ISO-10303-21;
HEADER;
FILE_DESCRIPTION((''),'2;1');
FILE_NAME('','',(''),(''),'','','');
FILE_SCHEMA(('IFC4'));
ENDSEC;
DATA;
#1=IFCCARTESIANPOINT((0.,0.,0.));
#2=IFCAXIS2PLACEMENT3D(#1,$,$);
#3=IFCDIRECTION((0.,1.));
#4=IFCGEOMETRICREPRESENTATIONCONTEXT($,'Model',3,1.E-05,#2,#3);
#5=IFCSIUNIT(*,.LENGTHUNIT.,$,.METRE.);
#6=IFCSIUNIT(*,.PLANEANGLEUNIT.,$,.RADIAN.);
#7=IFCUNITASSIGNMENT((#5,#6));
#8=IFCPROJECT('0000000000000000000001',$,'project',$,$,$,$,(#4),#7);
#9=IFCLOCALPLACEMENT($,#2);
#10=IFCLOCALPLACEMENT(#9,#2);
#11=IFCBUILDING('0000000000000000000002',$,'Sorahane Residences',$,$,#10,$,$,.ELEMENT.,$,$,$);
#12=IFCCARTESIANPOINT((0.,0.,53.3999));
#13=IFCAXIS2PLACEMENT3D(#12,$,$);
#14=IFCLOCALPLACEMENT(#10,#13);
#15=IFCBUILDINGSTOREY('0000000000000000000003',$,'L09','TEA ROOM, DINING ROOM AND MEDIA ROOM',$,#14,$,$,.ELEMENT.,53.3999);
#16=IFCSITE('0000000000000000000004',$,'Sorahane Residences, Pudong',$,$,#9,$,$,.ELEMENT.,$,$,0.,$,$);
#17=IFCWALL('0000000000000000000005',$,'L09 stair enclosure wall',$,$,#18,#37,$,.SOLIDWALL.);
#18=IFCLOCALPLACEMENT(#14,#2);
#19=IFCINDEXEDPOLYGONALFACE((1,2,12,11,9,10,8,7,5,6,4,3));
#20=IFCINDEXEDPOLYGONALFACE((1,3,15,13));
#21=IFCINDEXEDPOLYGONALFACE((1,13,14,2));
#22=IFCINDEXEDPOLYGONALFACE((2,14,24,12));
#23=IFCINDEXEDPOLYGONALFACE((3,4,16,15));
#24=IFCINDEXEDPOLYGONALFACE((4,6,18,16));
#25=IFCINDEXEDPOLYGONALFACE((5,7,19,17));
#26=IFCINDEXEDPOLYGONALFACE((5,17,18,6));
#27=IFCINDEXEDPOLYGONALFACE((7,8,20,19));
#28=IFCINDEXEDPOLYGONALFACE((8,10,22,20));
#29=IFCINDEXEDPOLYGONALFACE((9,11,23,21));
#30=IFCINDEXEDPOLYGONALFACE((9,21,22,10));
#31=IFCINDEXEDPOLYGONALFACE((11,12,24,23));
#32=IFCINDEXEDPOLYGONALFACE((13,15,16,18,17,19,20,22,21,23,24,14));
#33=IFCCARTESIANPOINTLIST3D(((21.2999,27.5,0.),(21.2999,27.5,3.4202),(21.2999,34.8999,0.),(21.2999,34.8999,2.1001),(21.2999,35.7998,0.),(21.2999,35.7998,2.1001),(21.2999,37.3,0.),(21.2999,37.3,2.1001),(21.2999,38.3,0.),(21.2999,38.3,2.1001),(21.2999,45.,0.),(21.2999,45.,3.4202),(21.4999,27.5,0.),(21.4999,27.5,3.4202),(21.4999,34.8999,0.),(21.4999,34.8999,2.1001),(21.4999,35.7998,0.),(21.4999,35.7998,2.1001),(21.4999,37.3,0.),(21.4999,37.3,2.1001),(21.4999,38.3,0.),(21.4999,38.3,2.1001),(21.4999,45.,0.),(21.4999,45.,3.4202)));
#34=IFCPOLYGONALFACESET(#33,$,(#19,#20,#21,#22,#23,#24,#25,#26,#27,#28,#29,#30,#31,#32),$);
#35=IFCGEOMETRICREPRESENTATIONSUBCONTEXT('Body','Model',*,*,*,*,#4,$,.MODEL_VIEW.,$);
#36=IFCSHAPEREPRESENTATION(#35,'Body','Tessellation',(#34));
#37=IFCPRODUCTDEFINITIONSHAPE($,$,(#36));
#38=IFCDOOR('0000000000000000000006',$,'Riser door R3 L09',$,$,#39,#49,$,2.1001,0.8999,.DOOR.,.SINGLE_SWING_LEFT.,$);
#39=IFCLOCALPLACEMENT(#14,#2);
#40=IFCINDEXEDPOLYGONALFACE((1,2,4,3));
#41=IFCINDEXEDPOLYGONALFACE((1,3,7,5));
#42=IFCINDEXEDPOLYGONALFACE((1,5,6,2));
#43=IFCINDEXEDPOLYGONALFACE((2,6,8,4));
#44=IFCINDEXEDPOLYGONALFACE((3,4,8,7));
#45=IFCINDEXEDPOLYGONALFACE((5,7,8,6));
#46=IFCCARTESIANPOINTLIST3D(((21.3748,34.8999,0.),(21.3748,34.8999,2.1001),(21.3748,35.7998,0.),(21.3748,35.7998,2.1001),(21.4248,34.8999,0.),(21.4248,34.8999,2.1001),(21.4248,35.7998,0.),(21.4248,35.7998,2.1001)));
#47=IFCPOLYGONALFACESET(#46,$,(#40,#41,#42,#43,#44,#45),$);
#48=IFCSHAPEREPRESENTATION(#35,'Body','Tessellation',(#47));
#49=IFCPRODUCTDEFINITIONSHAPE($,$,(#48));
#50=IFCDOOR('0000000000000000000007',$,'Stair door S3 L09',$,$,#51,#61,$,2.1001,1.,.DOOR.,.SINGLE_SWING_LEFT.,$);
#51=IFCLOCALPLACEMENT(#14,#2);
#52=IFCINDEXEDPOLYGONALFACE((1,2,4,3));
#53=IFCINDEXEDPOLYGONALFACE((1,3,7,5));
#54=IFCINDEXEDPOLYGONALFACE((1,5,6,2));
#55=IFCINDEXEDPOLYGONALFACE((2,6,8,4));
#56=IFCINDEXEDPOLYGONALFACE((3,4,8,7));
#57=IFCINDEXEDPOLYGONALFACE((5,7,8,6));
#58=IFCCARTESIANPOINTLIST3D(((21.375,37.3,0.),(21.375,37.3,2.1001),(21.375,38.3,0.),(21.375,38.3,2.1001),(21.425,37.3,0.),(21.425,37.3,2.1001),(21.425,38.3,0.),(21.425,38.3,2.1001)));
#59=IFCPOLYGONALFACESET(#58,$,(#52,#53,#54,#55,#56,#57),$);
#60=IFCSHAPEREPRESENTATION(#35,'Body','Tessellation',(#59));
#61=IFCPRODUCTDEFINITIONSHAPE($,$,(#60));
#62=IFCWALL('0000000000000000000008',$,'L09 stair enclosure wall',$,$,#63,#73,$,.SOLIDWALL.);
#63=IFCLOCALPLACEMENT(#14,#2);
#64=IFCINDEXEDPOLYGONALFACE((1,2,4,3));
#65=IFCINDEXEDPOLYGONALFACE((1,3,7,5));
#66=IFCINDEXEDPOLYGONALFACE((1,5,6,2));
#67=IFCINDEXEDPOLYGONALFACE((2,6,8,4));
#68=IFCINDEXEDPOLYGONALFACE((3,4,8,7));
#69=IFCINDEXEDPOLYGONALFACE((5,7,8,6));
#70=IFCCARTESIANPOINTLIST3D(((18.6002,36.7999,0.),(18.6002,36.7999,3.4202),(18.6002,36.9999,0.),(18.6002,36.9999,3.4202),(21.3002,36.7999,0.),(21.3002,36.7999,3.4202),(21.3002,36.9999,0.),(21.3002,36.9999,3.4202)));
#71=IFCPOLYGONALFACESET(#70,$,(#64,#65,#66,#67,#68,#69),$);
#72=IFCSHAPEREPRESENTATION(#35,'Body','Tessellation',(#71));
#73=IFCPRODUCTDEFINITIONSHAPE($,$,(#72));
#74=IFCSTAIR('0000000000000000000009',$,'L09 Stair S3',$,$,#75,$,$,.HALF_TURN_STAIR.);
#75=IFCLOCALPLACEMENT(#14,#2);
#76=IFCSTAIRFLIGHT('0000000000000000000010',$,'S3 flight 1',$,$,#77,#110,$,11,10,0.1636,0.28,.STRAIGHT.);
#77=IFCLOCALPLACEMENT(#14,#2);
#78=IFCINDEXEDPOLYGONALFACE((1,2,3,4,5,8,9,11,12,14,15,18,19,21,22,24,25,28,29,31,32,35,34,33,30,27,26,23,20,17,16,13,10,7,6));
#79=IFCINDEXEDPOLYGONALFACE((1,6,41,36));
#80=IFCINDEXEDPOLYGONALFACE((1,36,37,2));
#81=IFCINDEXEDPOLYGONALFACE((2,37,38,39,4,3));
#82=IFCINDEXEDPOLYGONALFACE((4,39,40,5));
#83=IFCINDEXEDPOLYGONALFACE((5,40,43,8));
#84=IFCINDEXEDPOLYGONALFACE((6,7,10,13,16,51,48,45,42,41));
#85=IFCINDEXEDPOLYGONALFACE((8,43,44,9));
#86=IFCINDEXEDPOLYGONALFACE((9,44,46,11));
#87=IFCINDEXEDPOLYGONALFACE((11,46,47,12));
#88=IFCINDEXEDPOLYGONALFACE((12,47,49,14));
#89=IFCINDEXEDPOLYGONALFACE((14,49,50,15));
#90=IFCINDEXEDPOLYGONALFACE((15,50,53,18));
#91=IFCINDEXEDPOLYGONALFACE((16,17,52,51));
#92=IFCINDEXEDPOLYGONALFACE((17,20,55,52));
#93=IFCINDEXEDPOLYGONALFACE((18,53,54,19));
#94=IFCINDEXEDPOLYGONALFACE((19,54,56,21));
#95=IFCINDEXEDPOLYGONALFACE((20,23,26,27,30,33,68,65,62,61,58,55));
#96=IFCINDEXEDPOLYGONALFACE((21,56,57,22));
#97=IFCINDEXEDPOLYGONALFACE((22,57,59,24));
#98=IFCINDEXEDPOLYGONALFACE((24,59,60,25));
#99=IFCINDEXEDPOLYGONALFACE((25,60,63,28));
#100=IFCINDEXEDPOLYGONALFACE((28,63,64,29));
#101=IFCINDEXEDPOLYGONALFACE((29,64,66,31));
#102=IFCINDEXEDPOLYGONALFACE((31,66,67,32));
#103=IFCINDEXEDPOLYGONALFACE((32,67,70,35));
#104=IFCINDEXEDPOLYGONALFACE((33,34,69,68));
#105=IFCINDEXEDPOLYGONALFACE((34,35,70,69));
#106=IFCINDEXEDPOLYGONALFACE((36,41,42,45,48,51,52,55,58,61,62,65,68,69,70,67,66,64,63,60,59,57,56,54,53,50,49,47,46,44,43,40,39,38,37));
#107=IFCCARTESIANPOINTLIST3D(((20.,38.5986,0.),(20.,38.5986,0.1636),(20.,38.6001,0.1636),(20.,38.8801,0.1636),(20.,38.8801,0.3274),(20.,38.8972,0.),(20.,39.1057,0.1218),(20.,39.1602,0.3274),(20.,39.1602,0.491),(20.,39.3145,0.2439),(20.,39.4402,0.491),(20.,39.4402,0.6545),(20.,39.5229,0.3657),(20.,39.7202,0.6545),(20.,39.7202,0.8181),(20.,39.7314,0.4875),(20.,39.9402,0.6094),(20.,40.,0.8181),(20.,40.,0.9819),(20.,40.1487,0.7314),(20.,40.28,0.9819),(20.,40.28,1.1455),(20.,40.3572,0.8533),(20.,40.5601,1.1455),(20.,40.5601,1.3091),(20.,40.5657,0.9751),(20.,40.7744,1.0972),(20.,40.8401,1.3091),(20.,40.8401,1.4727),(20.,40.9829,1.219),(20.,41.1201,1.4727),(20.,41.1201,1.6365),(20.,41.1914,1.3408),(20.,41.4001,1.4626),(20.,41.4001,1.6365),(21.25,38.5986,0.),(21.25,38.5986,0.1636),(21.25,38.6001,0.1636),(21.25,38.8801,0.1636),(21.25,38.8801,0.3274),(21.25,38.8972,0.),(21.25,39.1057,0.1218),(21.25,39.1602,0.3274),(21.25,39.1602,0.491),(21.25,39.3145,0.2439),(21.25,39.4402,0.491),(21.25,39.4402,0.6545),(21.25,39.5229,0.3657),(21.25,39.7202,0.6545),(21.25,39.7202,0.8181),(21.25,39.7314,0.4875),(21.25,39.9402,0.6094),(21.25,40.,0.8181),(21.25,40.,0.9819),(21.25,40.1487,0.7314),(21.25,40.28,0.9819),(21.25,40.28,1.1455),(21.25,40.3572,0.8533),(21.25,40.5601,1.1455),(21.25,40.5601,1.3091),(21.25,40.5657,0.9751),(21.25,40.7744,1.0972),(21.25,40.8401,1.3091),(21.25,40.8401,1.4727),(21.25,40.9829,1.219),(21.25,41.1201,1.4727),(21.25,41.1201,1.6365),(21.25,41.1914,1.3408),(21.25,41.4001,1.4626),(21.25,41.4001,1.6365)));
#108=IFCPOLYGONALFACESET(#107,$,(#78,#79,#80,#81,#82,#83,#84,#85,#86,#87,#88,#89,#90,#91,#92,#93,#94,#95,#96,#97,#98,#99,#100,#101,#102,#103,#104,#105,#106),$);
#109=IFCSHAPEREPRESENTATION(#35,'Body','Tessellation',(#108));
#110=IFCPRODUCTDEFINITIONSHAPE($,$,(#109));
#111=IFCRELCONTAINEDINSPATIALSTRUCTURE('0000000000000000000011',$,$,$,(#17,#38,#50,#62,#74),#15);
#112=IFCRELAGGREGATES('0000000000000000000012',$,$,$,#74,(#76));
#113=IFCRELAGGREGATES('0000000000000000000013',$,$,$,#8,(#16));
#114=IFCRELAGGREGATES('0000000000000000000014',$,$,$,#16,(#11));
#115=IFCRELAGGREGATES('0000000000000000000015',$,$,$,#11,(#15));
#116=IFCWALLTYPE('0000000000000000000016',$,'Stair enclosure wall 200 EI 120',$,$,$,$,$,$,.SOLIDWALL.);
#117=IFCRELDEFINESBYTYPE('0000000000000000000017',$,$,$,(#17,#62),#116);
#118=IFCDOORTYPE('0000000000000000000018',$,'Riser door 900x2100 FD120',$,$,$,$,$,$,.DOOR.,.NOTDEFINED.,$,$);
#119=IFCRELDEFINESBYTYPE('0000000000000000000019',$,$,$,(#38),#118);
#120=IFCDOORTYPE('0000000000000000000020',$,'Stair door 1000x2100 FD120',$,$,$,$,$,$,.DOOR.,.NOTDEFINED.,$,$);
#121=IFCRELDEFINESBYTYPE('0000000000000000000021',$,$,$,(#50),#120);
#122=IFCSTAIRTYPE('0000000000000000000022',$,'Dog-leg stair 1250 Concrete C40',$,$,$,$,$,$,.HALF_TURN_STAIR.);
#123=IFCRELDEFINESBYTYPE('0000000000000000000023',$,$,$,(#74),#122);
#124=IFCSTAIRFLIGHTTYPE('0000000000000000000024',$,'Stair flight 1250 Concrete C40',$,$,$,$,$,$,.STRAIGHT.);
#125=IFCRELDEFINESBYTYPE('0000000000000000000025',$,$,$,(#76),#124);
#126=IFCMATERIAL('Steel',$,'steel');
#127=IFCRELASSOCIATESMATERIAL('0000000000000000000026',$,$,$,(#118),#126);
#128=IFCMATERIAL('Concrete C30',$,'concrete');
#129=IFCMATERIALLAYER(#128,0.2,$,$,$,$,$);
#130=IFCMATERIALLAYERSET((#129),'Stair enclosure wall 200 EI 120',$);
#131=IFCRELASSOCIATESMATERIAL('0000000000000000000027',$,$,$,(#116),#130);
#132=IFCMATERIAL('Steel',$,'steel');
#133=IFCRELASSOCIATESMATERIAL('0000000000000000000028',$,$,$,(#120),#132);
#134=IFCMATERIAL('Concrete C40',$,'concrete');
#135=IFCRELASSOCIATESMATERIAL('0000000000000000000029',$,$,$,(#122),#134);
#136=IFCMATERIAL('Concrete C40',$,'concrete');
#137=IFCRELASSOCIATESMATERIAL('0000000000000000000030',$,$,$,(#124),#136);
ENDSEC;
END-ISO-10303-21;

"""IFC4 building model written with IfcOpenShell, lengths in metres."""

from ifc_helpers import new_model, si_unit, direction, frame, frame_2d, origin, place, context, subcontext, project, spatial, polyline, rectangle, outline, extrude, material, layer, layer_set, type_object, element, fill, aggregate, save


model = new_model("IFC4")

# Units and contexts
model_context = context("Model", 3, precision=1e-05, world=origin(), true_north=direction((0.0, 1.0)))
body_context = subcontext(model_context, "Body", "Model", "MODEL_VIEW")
ifc_project = project(units=[si_unit("LENGTHUNIT", "METRE"), si_unit("PLANEANGLEUNIT", "RADIAN")], contexts=[model_context])

# Site, building, storey
site_placement = place(None, origin())
site = spatial("IfcSite", under=ifc_project, at=site_placement, Name="Sorahane Residences, Pudong", CompositionType="ELEMENT", RefElevation=0.0)
building_placement = place(site_placement, origin())
building = spatial("IfcBuilding", under=site, at=building_placement, Name="Sorahane Residences", CompositionType="ELEMENT")
storey_placement = place(building_placement, frame((0.0, 0.0, 53.3999)))
storey = spatial("IfcBuildingStorey", under=building, at=storey_placement, Name="L09", Description="TEA ROOM, DINING ROOM AND MEDIA ROOM", CompositionType="ELEMENT", Elevation=53.3999)

# Shared definitions
ifc_material_1 = material(Name="Steel", Category="steel")
door_type_1 = type_object("IfcDoorType", Name="Riser door 900x2100 FD120", OperationType="NOTDEFINED", PredefinedType="DOOR", material=ifc_material_1)

# Wall, openings, doors
ifc_material_2 = material(Name="Concrete C30", Category="concrete")
ifc_layer_1 = layer(ifc_material_2, 0.2)
ifc_layer_set_1 = layer_set([ifc_layer_1], Name="Stair enclosure wall 200 EI 120")
wall_type_1 = type_object("IfcWallType", Name="Stair enclosure wall 200 EI 120", PredefinedType="SOLIDWALL", material=ifc_layer_set_1)
wall_1_placement = place(storey_placement, frame((21.3999, 27.5, 0.0), z_axis=(0.0, 0.0, 1.0), x_axis=(0.0, 1.0, 0.0)))
wall_1 = element("IfcWall", 1, at=wall_1_placement, inside=storey, type_object=wall_type_1, Name="L09 stair enclosure wall", PredefinedType="SOLIDWALL", context=body_context, shape_type="SweptSolid", body=[
    extrude(rectangle(XDim=17.5, YDim=0.2, at=frame_2d((8.75, 0.0))), origin(), (0.0, 0.0, 1.0), 3.4202),
])
opening_1_placement = place(wall_1_placement, frame((9.8, 0.0, 0.0)))
opening_1 = element("IfcOpeningElement", 2, at=opening_1_placement, cuts=wall_1, PredefinedType="OPENING", context=body_context, shape_type="SweptSolid", body=[
    extrude(rectangle(XDim=1.0, YDim=2.1001, at=frame_2d((0.5, 1.05))), frame((0.0, 0.1099, 0.0), z_axis=(0.0, -1.0, 0.0), x_axis=(1.0, 0.0, 0.0)), (0.0, 0.0, 1.0), 0.22),
])
opening_2_placement = place(wall_1_placement, frame((7.3999, 0.0, 0.0)))
opening_2 = element("IfcOpeningElement", 3, at=opening_2_placement, cuts=wall_1, PredefinedType="OPENING", context=body_context, shape_type="SweptSolid", body=[
    extrude(rectangle(XDim=0.8999, YDim=2.1001, at=frame_2d((0.45, 1.05))), frame((0.0, 0.1099, 0.0), z_axis=(0.0, -1.0, 0.0), x_axis=(1.0, 0.0, 0.0)), (0.0, 0.0, 1.0), 0.22),
])
door_1_placement = place(opening_2_placement, frame((0.8999, 0.0, 0.0), z_axis=(0.0, 0.0, 1.0), x_axis=(-1.0, 0.0, 0.0)))
door_1 = element("IfcDoor", 4, at=door_1_placement, inside=storey, type_object=door_type_1, Name="Riser door R3 L09", OperationType="SINGLE_SWING_LEFT", OverallHeight=2.1001, OverallWidth=0.8999, PredefinedType="DOOR", context=body_context, shape_type="SweptSolid", body=[
    extrude(rectangle(XDim=0.8999, YDim=2.1001, at=frame_2d((0.45, 1.05))), frame((0.0, 0.0249, 0.0), z_axis=(0.0, -1.0, 0.0), x_axis=(1.0, 0.0, 0.0)), (0.0, 0.0, 1.0), 0.05),
])
fill(opening_2, door_1)
ifc_material_3 = material(Name="Steel", Category="steel")
door_type_2 = type_object("IfcDoorType", Name="Stair door 1000x2100 FD120", OperationType="NOTDEFINED", PredefinedType="DOOR", material=ifc_material_3)
door_2_placement = place(opening_1_placement, origin())
door_2 = element("IfcDoor", 5, at=door_2_placement, inside=storey, type_object=door_type_2, Name="Stair door S3 L09", OperationType="SINGLE_SWING_LEFT", OverallHeight=2.1001, OverallWidth=1.0, PredefinedType="DOOR", context=body_context, shape_type="SweptSolid", body=[
    extrude(rectangle(XDim=1.0, YDim=2.1001, at=frame_2d((0.5, 1.05))), frame((0.0, 0.0249, 0.0), z_axis=(0.0, -1.0, 0.0), x_axis=(1.0, 0.0, 0.0)), (0.0, 0.0, 1.0), 0.05),
])
fill(opening_1, door_2)

# Wall
wall_2_placement = place(storey_placement, frame((18.6001, 36.8999, 0.0), z_axis=(0.0, 0.0, 1.0), x_axis=(1.0, 0.0, 0.0)))
element("IfcWall", 6, at=wall_2_placement, inside=storey, type_object=wall_type_1, Name="L09 stair enclosure wall", PredefinedType="SOLIDWALL", context=body_context, shape_type="SweptSolid", body=[
    extrude(rectangle(XDim=2.7, YDim=0.2, at=frame_2d((1.3501, 0.0))), origin(), (0.0, 0.0, 1.0), 3.4202),
])

# Stair, stair flight
ifc_material_4 = material(Name="Concrete C40", Category="concrete")
stair_type = type_object("IfcStairType", Name="Dog-leg stair 1250 Concrete C40", PredefinedType="HALF_TURN_STAIR", material=ifc_material_4)
stair_placement = place(storey_placement, origin())
stair = element("IfcStair", 7, at=stair_placement, inside=storey, type_object=stair_type, Name="L09 Stair S3", PredefinedType="HALF_TURN_STAIR")
ifc_material_5 = material(Name="Concrete C40", Category="concrete")
stair_flight_type = type_object("IfcStairFlightType", Name="Stair flight 1250 Concrete C40", PredefinedType="STRAIGHT", material=ifc_material_5)
stair_flight_placement = place(storey_placement, frame((20.625, 38.6001, 0.0), z_axis=(0.0, 0.0, 1.0), x_axis=(0.0, 1.0, 0.0)))
stair_flight = element("IfcStairFlight", 8, at=stair_flight_placement, type_object=stair_flight_type, Name="S3 flight 1", NumberOfRisers=11, NumberOfTreads=10, PredefinedType="STRAIGHT", RiserHeight=0.1636, TreadLength=0.28, context=body_context, shape_type="SweptSolid", body=[
    extrude(outline(polyline([(-0.0015, 0.0), (-0.0015, 0.1636), (0.0, 0.1636), (0.28, 0.1636), (0.28, 0.3274), (0.5601, 0.3274), (0.5601, 0.491), (0.8401, 0.491), (0.8401, 0.6545), (1.1201, 0.6545), (1.1201, 0.8181), (1.3999, 0.8181), (1.3999, 0.9819), (1.6799, 0.9819), (1.6799, 1.1455), (1.96, 1.1455), (1.96, 1.3091), (2.24, 1.3091), (2.24, 1.4727), (2.52, 1.4727), (2.52, 1.6365), (2.8, 1.6365), (2.8, 1.8), (2.8, 1.4626), (2.5913, 1.3408), (2.3828, 1.219), (2.1743, 1.0972), (1.9656, 0.9751), (1.7571, 0.8533), (1.5486, 0.7314), (1.3401, 0.6094), (1.1313, 0.4875), (0.9229, 0.3657), (0.7144, 0.2439), (0.5056, 0.1218), (0.2971, 0.0), (-0.0015, 0.0)])), frame((0.0, 0.625, 0.0), z_axis=(0.0, -1.0, 0.0), x_axis=(1.0, 0.0, 0.0)), (0.0, 0.0, 1.0), 1.25),
])
aggregate(stair, [stair_flight])

save(model, "model.ifc")
